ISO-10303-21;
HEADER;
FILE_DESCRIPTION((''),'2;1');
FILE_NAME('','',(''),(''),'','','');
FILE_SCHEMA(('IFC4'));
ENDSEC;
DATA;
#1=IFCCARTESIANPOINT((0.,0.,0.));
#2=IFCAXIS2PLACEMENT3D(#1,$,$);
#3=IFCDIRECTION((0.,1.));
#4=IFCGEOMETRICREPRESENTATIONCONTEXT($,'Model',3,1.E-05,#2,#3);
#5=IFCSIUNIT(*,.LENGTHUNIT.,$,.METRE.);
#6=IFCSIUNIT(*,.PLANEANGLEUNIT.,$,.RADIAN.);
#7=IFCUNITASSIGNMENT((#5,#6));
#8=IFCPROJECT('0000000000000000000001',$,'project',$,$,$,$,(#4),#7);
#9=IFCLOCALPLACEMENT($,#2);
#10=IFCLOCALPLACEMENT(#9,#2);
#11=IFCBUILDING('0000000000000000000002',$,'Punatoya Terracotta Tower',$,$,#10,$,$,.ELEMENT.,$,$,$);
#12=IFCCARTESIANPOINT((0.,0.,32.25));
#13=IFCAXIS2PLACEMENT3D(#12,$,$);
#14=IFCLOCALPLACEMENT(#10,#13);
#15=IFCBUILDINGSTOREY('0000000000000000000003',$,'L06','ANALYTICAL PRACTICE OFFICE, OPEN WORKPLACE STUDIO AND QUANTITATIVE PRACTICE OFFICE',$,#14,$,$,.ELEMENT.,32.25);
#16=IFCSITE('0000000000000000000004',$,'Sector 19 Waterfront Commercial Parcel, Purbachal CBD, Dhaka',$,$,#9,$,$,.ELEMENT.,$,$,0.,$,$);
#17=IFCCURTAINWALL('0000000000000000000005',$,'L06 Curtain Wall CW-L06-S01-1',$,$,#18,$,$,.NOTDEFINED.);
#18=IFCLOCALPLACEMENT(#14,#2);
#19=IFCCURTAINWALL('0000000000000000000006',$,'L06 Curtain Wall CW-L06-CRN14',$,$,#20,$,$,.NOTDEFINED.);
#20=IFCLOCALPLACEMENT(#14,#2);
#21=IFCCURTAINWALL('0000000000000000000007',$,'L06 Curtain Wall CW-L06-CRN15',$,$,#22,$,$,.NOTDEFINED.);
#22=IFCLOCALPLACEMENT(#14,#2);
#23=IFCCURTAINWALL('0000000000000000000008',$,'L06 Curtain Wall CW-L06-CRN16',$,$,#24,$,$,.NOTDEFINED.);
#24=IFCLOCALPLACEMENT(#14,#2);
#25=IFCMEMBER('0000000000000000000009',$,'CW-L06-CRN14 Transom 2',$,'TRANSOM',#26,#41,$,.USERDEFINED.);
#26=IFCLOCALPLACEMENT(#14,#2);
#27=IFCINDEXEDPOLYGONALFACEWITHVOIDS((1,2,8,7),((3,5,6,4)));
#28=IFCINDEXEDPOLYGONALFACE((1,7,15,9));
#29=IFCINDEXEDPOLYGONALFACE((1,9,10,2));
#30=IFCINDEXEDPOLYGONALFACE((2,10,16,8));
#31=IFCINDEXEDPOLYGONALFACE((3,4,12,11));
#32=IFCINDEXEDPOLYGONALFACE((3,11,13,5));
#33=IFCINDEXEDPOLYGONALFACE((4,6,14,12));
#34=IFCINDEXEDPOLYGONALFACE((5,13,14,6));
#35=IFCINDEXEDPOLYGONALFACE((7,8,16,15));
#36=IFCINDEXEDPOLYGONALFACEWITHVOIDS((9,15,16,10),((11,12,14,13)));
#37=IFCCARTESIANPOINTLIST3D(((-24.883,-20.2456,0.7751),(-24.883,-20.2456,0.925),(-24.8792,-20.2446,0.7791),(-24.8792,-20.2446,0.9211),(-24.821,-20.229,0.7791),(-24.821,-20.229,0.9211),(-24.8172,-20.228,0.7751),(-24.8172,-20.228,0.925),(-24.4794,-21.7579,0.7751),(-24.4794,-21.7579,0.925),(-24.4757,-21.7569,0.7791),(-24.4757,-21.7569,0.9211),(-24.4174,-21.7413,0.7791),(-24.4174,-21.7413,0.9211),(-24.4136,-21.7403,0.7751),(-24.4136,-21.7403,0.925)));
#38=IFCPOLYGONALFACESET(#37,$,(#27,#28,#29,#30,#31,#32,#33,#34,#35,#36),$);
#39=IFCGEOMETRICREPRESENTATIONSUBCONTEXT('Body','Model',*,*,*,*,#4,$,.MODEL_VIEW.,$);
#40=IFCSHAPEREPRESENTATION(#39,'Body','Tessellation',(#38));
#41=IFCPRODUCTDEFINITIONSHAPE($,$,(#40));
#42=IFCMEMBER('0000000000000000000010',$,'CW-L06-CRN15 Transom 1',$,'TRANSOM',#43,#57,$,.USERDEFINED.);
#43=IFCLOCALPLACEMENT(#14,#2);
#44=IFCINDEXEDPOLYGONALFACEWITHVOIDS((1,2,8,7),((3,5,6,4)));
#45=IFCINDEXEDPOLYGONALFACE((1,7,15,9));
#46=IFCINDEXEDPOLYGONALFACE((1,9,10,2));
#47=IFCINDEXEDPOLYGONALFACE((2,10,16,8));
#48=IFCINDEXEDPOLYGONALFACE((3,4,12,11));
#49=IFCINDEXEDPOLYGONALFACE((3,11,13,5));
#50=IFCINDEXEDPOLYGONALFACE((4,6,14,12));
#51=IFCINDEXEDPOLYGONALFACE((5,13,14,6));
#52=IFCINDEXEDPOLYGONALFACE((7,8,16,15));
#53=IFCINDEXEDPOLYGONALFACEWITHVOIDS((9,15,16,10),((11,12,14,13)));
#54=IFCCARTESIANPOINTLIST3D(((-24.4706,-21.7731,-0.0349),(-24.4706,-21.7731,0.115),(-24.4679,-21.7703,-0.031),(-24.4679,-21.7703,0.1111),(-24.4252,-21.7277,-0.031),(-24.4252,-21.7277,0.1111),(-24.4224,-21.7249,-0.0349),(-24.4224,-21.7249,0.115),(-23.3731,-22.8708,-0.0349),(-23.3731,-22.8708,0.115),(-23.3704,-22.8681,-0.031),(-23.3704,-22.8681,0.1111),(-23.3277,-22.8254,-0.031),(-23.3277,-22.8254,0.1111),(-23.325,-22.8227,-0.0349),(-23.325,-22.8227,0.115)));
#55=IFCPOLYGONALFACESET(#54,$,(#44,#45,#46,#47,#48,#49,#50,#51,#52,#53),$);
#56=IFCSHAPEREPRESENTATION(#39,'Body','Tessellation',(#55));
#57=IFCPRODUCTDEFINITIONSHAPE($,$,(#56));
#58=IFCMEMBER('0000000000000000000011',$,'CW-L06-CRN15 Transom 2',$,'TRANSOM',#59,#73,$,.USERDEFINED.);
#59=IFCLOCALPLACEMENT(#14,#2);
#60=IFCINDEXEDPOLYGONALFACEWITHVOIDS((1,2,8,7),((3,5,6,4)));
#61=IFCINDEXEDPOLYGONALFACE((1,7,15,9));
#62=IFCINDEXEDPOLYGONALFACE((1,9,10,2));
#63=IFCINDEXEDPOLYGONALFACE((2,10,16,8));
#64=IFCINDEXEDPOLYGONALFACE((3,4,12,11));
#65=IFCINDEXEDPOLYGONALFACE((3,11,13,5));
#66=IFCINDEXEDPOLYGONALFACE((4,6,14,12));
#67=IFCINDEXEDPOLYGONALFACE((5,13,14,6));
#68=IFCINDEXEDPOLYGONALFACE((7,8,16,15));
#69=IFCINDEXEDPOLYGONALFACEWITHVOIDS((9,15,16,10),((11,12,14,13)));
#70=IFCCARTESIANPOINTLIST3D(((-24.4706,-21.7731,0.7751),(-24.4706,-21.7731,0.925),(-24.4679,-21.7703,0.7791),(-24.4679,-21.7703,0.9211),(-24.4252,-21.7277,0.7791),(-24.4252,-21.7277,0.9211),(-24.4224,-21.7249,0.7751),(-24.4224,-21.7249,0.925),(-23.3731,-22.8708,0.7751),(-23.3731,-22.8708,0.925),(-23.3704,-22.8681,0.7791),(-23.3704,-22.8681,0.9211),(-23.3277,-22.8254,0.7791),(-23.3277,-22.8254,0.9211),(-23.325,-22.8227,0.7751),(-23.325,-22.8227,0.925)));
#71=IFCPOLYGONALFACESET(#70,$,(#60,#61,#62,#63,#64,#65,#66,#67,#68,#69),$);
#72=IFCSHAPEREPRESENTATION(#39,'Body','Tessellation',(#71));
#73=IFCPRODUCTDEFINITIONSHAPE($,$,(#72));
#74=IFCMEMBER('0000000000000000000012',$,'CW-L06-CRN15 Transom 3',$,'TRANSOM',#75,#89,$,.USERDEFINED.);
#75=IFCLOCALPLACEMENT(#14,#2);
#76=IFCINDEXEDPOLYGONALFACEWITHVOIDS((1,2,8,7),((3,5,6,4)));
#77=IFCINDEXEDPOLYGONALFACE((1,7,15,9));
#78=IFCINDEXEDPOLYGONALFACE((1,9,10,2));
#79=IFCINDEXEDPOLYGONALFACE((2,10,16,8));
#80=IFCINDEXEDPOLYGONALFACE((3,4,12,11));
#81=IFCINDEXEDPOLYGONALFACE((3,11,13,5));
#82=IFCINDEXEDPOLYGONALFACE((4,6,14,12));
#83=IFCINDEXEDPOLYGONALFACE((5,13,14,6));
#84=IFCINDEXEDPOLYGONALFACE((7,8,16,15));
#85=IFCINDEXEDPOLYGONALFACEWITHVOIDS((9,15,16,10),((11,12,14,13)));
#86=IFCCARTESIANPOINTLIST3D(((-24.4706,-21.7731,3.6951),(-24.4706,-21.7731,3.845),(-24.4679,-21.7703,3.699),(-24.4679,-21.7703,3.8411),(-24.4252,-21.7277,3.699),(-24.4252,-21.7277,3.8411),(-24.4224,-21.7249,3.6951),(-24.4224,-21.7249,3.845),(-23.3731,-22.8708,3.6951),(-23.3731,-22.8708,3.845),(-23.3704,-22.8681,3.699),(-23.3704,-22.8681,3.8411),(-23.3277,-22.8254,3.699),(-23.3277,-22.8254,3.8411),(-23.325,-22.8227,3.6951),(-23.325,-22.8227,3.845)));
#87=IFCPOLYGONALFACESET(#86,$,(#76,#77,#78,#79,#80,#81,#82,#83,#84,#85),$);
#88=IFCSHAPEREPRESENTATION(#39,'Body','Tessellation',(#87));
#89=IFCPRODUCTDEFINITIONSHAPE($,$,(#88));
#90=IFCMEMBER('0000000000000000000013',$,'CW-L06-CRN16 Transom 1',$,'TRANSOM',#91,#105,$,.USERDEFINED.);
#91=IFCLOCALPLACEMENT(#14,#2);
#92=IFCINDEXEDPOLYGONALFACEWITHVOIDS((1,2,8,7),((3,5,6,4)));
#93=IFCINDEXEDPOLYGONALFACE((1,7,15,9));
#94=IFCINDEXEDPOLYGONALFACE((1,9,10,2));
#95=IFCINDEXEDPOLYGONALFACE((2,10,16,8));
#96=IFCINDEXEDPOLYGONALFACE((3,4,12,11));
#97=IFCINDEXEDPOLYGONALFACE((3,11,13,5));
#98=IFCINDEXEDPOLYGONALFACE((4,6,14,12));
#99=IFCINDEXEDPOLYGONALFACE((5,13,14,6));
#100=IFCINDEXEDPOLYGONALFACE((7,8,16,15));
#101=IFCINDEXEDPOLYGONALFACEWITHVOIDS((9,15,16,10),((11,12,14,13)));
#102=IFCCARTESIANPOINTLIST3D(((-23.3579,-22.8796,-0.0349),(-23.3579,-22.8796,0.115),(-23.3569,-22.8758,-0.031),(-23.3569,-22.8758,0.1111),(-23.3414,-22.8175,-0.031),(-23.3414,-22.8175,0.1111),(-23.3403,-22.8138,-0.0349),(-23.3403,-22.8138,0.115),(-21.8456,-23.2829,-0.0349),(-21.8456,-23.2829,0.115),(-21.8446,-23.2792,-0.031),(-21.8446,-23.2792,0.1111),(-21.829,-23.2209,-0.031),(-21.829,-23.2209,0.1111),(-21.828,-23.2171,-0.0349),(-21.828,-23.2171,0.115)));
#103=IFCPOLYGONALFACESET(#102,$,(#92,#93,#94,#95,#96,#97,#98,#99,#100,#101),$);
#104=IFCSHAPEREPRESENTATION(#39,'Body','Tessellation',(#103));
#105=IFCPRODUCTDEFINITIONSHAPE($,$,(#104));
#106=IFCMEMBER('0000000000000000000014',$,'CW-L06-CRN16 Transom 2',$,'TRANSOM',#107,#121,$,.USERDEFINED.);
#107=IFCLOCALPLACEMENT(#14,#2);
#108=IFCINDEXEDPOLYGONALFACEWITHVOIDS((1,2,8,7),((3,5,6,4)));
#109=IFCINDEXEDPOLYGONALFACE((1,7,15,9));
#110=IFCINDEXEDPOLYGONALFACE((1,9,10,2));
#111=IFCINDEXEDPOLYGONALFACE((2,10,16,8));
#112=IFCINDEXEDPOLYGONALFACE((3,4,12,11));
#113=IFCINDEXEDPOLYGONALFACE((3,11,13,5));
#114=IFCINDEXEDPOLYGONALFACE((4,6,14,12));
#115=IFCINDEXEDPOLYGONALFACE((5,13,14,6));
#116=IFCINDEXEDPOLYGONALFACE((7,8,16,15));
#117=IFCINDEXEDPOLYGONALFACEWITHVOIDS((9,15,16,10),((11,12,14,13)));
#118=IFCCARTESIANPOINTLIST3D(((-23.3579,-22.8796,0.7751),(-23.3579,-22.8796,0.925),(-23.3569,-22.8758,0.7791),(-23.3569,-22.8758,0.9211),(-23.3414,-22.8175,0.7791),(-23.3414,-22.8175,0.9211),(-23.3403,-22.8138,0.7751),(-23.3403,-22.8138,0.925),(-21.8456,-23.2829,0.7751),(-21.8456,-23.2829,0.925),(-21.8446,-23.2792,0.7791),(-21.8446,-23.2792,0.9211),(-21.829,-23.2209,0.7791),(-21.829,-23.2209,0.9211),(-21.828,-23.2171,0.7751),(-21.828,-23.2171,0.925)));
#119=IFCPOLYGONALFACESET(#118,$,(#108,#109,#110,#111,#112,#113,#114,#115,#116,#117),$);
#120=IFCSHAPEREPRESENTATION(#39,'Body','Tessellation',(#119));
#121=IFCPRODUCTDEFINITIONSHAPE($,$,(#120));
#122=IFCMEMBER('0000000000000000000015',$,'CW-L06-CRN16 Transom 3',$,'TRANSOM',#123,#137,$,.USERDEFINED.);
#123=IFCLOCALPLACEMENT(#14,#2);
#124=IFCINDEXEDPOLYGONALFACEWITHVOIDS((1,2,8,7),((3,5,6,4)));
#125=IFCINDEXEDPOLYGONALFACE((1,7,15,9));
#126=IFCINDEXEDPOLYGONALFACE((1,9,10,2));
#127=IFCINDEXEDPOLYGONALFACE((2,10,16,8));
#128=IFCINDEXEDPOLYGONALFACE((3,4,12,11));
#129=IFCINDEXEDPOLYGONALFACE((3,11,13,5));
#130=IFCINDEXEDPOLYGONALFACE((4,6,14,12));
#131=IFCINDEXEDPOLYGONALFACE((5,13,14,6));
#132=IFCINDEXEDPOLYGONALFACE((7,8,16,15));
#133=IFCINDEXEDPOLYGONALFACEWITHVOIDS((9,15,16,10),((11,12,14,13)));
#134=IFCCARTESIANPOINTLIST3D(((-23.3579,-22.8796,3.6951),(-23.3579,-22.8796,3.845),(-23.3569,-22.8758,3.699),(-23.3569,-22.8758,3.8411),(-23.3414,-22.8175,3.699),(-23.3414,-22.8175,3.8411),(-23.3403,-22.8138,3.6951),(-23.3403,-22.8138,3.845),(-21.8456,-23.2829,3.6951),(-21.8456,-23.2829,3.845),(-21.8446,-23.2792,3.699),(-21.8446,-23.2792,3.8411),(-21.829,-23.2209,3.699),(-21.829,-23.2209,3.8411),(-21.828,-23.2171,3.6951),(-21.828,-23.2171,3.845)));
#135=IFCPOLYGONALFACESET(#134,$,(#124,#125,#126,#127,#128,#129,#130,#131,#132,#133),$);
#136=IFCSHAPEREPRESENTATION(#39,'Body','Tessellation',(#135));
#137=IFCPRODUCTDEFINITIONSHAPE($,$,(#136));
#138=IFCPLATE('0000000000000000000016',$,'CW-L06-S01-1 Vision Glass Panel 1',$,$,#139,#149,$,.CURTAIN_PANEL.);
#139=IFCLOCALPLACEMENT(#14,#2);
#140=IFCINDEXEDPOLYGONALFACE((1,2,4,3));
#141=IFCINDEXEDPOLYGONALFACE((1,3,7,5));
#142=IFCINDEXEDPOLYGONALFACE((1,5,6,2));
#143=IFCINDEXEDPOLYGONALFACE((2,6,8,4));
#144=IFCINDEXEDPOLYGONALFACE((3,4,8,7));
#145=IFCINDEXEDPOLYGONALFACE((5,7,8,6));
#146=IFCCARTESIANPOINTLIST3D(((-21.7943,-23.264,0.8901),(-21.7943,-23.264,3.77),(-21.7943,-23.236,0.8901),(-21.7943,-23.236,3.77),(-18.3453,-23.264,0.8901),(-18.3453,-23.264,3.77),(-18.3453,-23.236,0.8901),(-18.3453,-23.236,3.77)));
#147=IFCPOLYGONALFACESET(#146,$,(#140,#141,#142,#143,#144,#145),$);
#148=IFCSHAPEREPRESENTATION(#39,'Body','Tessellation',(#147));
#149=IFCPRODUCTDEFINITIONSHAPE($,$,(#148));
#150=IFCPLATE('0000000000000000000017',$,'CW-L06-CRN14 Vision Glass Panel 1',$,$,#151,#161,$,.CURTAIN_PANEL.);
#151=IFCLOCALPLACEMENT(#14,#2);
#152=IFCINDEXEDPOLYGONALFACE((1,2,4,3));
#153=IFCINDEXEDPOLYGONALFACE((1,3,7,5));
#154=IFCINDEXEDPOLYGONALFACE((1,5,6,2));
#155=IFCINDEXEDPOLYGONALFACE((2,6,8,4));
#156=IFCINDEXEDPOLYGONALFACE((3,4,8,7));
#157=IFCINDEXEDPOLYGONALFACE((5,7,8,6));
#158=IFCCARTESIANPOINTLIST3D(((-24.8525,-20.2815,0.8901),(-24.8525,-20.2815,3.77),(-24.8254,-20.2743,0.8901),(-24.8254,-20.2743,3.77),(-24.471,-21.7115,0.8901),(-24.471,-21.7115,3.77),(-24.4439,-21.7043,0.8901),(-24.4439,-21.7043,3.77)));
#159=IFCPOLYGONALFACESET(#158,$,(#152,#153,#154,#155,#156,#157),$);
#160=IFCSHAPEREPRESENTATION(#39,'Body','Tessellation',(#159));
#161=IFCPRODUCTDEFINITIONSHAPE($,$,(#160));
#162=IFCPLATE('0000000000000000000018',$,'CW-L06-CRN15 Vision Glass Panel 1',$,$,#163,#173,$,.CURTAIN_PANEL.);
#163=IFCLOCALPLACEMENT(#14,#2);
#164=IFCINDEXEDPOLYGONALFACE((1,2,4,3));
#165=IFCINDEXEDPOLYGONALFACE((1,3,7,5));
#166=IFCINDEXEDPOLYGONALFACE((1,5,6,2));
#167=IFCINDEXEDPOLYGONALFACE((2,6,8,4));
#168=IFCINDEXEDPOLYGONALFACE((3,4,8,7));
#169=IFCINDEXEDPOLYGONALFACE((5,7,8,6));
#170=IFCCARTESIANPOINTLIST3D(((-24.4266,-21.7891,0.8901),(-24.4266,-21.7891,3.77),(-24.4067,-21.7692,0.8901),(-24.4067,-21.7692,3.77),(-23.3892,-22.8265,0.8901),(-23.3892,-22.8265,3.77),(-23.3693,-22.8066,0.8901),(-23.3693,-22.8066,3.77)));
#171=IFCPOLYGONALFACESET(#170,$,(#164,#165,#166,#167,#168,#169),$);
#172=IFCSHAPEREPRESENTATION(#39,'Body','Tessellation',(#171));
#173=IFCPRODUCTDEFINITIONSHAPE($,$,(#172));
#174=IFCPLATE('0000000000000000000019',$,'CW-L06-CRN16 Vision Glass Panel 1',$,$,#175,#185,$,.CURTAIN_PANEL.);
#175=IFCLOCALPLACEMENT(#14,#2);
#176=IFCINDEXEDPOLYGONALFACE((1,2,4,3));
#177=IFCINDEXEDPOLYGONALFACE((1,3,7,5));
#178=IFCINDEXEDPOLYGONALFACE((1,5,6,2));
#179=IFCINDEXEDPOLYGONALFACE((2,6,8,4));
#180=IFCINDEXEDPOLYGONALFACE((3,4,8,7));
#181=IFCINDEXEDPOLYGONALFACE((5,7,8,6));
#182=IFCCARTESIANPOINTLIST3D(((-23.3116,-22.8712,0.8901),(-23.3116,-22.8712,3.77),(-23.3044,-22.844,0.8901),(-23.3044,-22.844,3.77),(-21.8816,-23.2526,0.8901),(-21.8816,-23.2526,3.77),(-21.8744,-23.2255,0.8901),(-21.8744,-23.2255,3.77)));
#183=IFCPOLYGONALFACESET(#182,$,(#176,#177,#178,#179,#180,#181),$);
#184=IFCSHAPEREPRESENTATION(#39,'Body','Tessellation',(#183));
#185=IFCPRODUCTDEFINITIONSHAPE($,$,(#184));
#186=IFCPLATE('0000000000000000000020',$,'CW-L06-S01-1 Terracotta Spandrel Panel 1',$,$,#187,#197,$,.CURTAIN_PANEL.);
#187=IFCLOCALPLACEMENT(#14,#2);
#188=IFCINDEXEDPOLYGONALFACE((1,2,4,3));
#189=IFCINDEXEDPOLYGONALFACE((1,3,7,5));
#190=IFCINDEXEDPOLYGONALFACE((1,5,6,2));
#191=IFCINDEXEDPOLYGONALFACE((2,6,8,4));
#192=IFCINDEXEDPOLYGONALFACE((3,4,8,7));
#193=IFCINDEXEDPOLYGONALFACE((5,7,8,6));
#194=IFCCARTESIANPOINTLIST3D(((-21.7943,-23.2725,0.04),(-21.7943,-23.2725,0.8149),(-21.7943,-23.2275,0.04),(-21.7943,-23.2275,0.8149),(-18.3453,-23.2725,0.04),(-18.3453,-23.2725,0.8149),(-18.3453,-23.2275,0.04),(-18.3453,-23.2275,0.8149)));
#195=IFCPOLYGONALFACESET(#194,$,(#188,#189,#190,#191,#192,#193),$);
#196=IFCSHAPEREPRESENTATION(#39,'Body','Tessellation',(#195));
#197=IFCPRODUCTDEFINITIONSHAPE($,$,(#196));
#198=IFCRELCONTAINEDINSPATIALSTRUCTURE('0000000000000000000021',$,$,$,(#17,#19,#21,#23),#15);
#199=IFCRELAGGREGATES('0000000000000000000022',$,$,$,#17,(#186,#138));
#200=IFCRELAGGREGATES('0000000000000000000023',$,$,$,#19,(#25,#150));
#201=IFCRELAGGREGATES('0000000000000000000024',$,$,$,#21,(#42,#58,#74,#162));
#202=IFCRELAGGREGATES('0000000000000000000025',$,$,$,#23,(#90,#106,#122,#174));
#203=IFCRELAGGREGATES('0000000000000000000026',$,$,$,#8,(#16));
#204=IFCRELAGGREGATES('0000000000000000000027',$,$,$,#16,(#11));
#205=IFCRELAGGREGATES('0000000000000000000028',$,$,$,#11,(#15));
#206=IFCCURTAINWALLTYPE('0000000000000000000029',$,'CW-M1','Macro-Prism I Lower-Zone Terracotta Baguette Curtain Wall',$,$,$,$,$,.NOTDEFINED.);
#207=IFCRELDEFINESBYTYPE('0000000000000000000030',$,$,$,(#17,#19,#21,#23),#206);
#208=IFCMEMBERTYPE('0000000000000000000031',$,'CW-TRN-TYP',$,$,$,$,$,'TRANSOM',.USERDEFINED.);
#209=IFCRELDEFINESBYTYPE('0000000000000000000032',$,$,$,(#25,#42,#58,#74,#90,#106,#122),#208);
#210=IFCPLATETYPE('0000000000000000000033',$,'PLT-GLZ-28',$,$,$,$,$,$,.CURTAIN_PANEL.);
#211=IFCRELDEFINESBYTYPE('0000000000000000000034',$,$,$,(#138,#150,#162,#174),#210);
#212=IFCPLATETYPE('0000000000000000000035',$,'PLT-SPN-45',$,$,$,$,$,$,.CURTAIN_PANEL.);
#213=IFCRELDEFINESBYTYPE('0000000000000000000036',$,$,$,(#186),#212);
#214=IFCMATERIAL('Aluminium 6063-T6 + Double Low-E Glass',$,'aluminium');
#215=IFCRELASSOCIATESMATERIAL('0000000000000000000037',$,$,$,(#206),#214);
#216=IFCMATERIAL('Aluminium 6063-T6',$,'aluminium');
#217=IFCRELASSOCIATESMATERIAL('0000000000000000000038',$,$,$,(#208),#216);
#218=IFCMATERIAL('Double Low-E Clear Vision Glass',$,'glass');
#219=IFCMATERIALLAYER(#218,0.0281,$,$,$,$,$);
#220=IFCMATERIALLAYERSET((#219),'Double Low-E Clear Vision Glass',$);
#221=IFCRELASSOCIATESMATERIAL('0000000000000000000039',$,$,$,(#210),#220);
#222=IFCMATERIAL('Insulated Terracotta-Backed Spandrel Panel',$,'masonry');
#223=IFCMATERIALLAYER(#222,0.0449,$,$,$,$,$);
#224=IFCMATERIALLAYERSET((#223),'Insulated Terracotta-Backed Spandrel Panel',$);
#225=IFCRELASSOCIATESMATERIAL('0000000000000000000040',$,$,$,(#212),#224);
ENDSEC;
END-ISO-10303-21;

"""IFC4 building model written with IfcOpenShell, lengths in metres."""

from ifc_helpers import new_model, si_unit, direction, frame, origin, origin_2d, place, context, subcontext, project, spatial, rectangle, hollow_rectangle, extrude, material, layer, layer_set, material_profile, profile_set, type_object, element, aggregate, save


model = new_model("IFC4")

# Units and contexts
model_context = context("Model", 3, precision=1e-05, world=origin(), true_north=direction((0.0, 1.0)))
body_context = subcontext(model_context, "Body", "Model", "MODEL_VIEW")
ifc_project = project(units=[si_unit("LENGTHUNIT", "METRE"), si_unit("PLANEANGLEUNIT", "RADIAN")], contexts=[model_context])

# Site, building, storey
site_placement = place(None, origin())
site = spatial("IfcSite", under=ifc_project, at=site_placement, Name="Sector 19 Waterfront Commercial Parcel, Purbachal CBD, Dhaka", CompositionType="ELEMENT", RefElevation=0.0)
building_placement = place(site_placement, origin())
building = spatial("IfcBuilding", under=site, at=building_placement, Name="Punatoya Terracotta Tower", CompositionType="ELEMENT")
storey_placement = place(building_placement, frame((0.0, 0.0, 32.25)))
storey = spatial("IfcBuildingStorey", under=building, at=storey_placement, Name="L06", Description="ANALYTICAL PRACTICE OFFICE, OPEN WORKPLACE STUDIO AND QUANTITATIVE PRACTICE OFFICE", CompositionType="ELEMENT", Elevation=32.25)

# Curtain wall
ifc_material_1 = material(Name="Aluminium 6063-T6 + Double Low-E Glass", Category="aluminium")
curtain_wall_type = type_object("IfcCurtainWallType", Name="CW-M1", Description="Macro-Prism I Lower-Zone Terracotta Baguette Curtain Wall", PredefinedType="NOTDEFINED", material=ifc_material_1)
curtain_wall_1_placement = place(storey_placement, origin())
curtain_wall_1 = element("IfcCurtainWall", 1, at=curtain_wall_1_placement, inside=storey, type_object=curtain_wall_type, Name="L06 Curtain Wall CW-L06-S01-1", PredefinedType="NOTDEFINED")
ifc_material_2 = material(Name="Aluminium 6063-T6", Category="aluminium")

# Curtain walls
curtain_wall_2_placement = place(storey_placement, origin())
curtain_wall_2 = element("IfcCurtainWall", 2, at=curtain_wall_2_placement, inside=storey, type_object=curtain_wall_type, Name="L06 Curtain Wall CW-L06-CRN14", PredefinedType="NOTDEFINED")
curtain_wall_3_placement = place(storey_placement, origin())
curtain_wall_3 = element("IfcCurtainWall", 3, at=curtain_wall_3_placement, inside=storey, type_object=curtain_wall_type, Name="L06 Curtain Wall CW-L06-CRN15", PredefinedType="NOTDEFINED")
curtain_wall_4_placement = place(storey_placement, origin())
curtain_wall_4 = element("IfcCurtainWall", 4, at=curtain_wall_4_placement, inside=storey, type_object=curtain_wall_type, Name="L06 Curtain Wall CW-L06-CRN16", PredefinedType="NOTDEFINED")

# Members
ifc_material_profile_1 = material_profile(ifc_material_2, hollow_rectangle(XDim=0.0681, YDim=0.1499, WallThickness=0.0039, at=origin_2d()))
ifc_profile_set_1 = profile_set([ifc_material_profile_1], Name="Aluminium 6063-T6")
member_type_1 = type_object("IfcMemberType", Name="CW-TRN-TYP", ElementType="TRANSOM", PredefinedType="USERDEFINED", material=ifc_profile_set_1)
member_1_placement = place(storey_placement, frame((-24.8501, -20.2368, 0.8501), z_axis=(0.257847, -0.966186, 0.0), x_axis=(0.966186, 0.257847, 0.0)))
member_1 = element("IfcMember", 5, at=member_1_placement, type_object=member_type_1, Name="CW-L06-CRN14 Transom 2", ObjectType="TRANSOM", PredefinedType="USERDEFINED", context=body_context, shape_type="SweptSolid", body=[
    extrude(hollow_rectangle(XDim=0.0681, YDim=0.1499, WallThickness=0.0039, at=origin_2d()), origin(), (0.0, 0.0, 1.0), 1.5652),
])
member_2_placement = place(storey_placement, frame((-24.4465, -21.749, 0.04), z_axis=(0.707028, -0.707185, 0.0), x_axis=(0.707185, 0.707028, 0.0)))
member_2 = element("IfcMember", 6, at=member_2_placement, type_object=member_type_1, Name="CW-L06-CRN15 Transom 1", ObjectType="TRANSOM", PredefinedType="USERDEFINED", context=body_context, shape_type="SweptSolid", body=[
    extrude(hollow_rectangle(XDim=0.0681, YDim=0.1499, WallThickness=0.0039, at=origin_2d()), origin(), (0.0, 0.0, 1.0), 1.5522),
])
member_3_placement = place(storey_placement, frame((-24.4465, -21.749, 0.8501), z_axis=(0.707028, -0.707185, 0.0), x_axis=(0.707185, 0.707028, 0.0)))
member_3 = element("IfcMember", 7, at=member_3_placement, type_object=member_type_1, Name="CW-L06-CRN15 Transom 2", ObjectType="TRANSOM", PredefinedType="USERDEFINED", context=body_context, shape_type="SweptSolid", body=[
    extrude(hollow_rectangle(XDim=0.0681, YDim=0.1499, WallThickness=0.0039, at=origin_2d()), origin(), (0.0, 0.0, 1.0), 1.5522),
])
member_4_placement = place(storey_placement, frame((-24.4465, -21.749, 3.77), z_axis=(0.707028, -0.707185, 0.0), x_axis=(0.707185, 0.707028, 0.0)))
member_4 = element("IfcMember", 8, at=member_4_placement, type_object=member_type_1, Name="CW-L06-CRN15 Transom 3", ObjectType="TRANSOM", PredefinedType="USERDEFINED", context=body_context, shape_type="SweptSolid", body=[
    extrude(hollow_rectangle(XDim=0.0681, YDim=0.1499, WallThickness=0.0039, at=origin_2d()), origin(), (0.0, 0.0, 1.0), 1.5522),
])
member_5_placement = place(storey_placement, frame((-23.3491, -22.8467, 0.04), z_axis=(0.966225, -0.257701, 0.0), x_axis=(0.257701, 0.966225, 0.0)))
member_5 = element("IfcMember", 9, at=member_5_placement, type_object=member_type_1, Name="CW-L06-CRN16 Transom 1", ObjectType="TRANSOM", PredefinedType="USERDEFINED", context=body_context, shape_type="SweptSolid", body=[
    extrude(hollow_rectangle(XDim=0.0681, YDim=0.1499, WallThickness=0.0039, at=origin_2d()), origin(), (0.0, 0.0, 1.0), 1.5652),
])
member_6_placement = place(storey_placement, frame((-23.3491, -22.8467, 0.8501), z_axis=(0.966225, -0.257701, 0.0), x_axis=(0.257701, 0.966225, 0.0)))
member_6 = element("IfcMember", 10, at=member_6_placement, type_object=member_type_1, Name="CW-L06-CRN16 Transom 2", ObjectType="TRANSOM", PredefinedType="USERDEFINED", context=body_context, shape_type="SweptSolid", body=[
    extrude(hollow_rectangle(XDim=0.0681, YDim=0.1499, WallThickness=0.0039, at=origin_2d()), origin(), (0.0, 0.0, 1.0), 1.5652),
])
member_7_placement = place(storey_placement, frame((-23.3491, -22.8467, 3.77), z_axis=(0.966225, -0.257701, 0.0), x_axis=(0.257701, 0.966225, 0.0)))
member_7 = element("IfcMember", 11, at=member_7_placement, type_object=member_type_1, Name="CW-L06-CRN16 Transom 3", ObjectType="TRANSOM", PredefinedType="USERDEFINED", context=body_context, shape_type="SweptSolid", body=[
    extrude(hollow_rectangle(XDim=0.0681, YDim=0.1499, WallThickness=0.0039, at=origin_2d()), origin(), (0.0, 0.0, 1.0), 1.5652),
])

# Plates
ifc_material_3 = material(Name="Double Low-E Clear Vision Glass", Category="glass")
ifc_layer_1 = layer(ifc_material_3, 0.0281)
ifc_layer_set_1 = layer_set([ifc_layer_1], Name="Double Low-E Clear Vision Glass")
plate_type_1 = type_object("IfcPlateType", Name="PLT-GLZ-28", PredefinedType="CURTAIN_PANEL", material=ifc_layer_set_1)
plate_1_placement = place(storey_placement, frame((-20.0698, -23.25, 0.8901), z_axis=(0.0, 0.0, 1.0), x_axis=(1.0, 0.0, 0.0)))
plate_1 = element("IfcPlate", 12, at=plate_1_placement, type_object=plate_type_1, Name="CW-L06-S01-1 Vision Glass Panel 1", PredefinedType="CURTAIN_PANEL", context=body_context, shape_type="SweptSolid", body=[
    extrude(rectangle(XDim=3.449, YDim=0.0281, at=origin_2d()), origin(), (0.0, 0.0, 1.0), 2.8799),
])
plate_2_placement = place(storey_placement, frame((-24.6482, -20.9929, 0.8901), z_axis=(0.0, 0.0, 1.0), x_axis=(0.257742, -0.966214, 0.0)))
plate_2 = element("IfcPlate", 13, at=plate_2_placement, type_object=plate_type_1, Name="CW-L06-CRN14 Vision Glass Panel 1", PredefinedType="CURTAIN_PANEL", context=body_context, shape_type="SweptSolid", body=[
    extrude(rectangle(XDim=1.48, YDim=0.0281, at=origin_2d()), origin(), (0.0, 0.0, 1.0), 2.8799),
])
plate_3_placement = place(storey_placement, frame((-23.8979, -22.2979, 0.8901), z_axis=(0.0, 0.0, 1.0), x_axis=(0.707107, -0.707107, 0.0)))
plate_3 = element("IfcPlate", 14, at=plate_3_placement, type_object=plate_type_1, Name="CW-L06-CRN15 Vision Glass Panel 1", PredefinedType="CURTAIN_PANEL", context=body_context, shape_type="SweptSolid", body=[
    extrude(rectangle(XDim=1.467, YDim=0.0281, at=origin_2d()), origin(), (0.0, 0.0, 1.0), 2.8799),
])
plate_4_placement = place(storey_placement, frame((-22.593, -23.0483, 0.8901), z_axis=(0.0, 0.0, 1.0), x_axis=(0.966214, -0.257742, 0.0)))
plate_4 = element("IfcPlate", 15, at=plate_4_placement, type_object=plate_type_1, Name="CW-L06-CRN16 Vision Glass Panel 1", PredefinedType="CURTAIN_PANEL", context=body_context, shape_type="SweptSolid", body=[
    extrude(rectangle(XDim=1.48, YDim=0.0281, at=origin_2d()), origin(), (0.0, 0.0, 1.0), 2.8799),
])
ifc_material_4 = material(Name="Insulated Terracotta-Backed Spandrel Panel", Category="masonry")
ifc_layer_2 = layer(ifc_material_4, 0.0449)
ifc_layer_set_2 = layer_set([ifc_layer_2], Name="Insulated Terracotta-Backed Spandrel Panel")
plate_type_2 = type_object("IfcPlateType", Name="PLT-SPN-45", PredefinedType="CURTAIN_PANEL", material=ifc_layer_set_2)
plate_5_placement = place(storey_placement, frame((-20.0698, -23.25, 0.04), z_axis=(0.0, 0.0, 1.0), x_axis=(1.0, 0.0, 0.0)))
plate_5 = element("IfcPlate", 16, at=plate_5_placement, type_object=plate_type_2, Name="CW-L06-S01-1 Terracotta Spandrel Panel 1", PredefinedType="CURTAIN_PANEL", context=body_context, shape_type="SweptSolid", body=[
    extrude(rectangle(XDim=3.449, YDim=0.0449, at=origin_2d()), origin(), (0.0, 0.0, 1.0), 0.7749),
])
aggregate(curtain_wall_1, [plate_5, plate_1])
aggregate(curtain_wall_2, [member_1, plate_2])
aggregate(curtain_wall_3, [member_2, member_3, member_4, plate_3])
aggregate(curtain_wall_4, [member_5, member_6, member_7, plate_4])

save(model, "model.ifc")
